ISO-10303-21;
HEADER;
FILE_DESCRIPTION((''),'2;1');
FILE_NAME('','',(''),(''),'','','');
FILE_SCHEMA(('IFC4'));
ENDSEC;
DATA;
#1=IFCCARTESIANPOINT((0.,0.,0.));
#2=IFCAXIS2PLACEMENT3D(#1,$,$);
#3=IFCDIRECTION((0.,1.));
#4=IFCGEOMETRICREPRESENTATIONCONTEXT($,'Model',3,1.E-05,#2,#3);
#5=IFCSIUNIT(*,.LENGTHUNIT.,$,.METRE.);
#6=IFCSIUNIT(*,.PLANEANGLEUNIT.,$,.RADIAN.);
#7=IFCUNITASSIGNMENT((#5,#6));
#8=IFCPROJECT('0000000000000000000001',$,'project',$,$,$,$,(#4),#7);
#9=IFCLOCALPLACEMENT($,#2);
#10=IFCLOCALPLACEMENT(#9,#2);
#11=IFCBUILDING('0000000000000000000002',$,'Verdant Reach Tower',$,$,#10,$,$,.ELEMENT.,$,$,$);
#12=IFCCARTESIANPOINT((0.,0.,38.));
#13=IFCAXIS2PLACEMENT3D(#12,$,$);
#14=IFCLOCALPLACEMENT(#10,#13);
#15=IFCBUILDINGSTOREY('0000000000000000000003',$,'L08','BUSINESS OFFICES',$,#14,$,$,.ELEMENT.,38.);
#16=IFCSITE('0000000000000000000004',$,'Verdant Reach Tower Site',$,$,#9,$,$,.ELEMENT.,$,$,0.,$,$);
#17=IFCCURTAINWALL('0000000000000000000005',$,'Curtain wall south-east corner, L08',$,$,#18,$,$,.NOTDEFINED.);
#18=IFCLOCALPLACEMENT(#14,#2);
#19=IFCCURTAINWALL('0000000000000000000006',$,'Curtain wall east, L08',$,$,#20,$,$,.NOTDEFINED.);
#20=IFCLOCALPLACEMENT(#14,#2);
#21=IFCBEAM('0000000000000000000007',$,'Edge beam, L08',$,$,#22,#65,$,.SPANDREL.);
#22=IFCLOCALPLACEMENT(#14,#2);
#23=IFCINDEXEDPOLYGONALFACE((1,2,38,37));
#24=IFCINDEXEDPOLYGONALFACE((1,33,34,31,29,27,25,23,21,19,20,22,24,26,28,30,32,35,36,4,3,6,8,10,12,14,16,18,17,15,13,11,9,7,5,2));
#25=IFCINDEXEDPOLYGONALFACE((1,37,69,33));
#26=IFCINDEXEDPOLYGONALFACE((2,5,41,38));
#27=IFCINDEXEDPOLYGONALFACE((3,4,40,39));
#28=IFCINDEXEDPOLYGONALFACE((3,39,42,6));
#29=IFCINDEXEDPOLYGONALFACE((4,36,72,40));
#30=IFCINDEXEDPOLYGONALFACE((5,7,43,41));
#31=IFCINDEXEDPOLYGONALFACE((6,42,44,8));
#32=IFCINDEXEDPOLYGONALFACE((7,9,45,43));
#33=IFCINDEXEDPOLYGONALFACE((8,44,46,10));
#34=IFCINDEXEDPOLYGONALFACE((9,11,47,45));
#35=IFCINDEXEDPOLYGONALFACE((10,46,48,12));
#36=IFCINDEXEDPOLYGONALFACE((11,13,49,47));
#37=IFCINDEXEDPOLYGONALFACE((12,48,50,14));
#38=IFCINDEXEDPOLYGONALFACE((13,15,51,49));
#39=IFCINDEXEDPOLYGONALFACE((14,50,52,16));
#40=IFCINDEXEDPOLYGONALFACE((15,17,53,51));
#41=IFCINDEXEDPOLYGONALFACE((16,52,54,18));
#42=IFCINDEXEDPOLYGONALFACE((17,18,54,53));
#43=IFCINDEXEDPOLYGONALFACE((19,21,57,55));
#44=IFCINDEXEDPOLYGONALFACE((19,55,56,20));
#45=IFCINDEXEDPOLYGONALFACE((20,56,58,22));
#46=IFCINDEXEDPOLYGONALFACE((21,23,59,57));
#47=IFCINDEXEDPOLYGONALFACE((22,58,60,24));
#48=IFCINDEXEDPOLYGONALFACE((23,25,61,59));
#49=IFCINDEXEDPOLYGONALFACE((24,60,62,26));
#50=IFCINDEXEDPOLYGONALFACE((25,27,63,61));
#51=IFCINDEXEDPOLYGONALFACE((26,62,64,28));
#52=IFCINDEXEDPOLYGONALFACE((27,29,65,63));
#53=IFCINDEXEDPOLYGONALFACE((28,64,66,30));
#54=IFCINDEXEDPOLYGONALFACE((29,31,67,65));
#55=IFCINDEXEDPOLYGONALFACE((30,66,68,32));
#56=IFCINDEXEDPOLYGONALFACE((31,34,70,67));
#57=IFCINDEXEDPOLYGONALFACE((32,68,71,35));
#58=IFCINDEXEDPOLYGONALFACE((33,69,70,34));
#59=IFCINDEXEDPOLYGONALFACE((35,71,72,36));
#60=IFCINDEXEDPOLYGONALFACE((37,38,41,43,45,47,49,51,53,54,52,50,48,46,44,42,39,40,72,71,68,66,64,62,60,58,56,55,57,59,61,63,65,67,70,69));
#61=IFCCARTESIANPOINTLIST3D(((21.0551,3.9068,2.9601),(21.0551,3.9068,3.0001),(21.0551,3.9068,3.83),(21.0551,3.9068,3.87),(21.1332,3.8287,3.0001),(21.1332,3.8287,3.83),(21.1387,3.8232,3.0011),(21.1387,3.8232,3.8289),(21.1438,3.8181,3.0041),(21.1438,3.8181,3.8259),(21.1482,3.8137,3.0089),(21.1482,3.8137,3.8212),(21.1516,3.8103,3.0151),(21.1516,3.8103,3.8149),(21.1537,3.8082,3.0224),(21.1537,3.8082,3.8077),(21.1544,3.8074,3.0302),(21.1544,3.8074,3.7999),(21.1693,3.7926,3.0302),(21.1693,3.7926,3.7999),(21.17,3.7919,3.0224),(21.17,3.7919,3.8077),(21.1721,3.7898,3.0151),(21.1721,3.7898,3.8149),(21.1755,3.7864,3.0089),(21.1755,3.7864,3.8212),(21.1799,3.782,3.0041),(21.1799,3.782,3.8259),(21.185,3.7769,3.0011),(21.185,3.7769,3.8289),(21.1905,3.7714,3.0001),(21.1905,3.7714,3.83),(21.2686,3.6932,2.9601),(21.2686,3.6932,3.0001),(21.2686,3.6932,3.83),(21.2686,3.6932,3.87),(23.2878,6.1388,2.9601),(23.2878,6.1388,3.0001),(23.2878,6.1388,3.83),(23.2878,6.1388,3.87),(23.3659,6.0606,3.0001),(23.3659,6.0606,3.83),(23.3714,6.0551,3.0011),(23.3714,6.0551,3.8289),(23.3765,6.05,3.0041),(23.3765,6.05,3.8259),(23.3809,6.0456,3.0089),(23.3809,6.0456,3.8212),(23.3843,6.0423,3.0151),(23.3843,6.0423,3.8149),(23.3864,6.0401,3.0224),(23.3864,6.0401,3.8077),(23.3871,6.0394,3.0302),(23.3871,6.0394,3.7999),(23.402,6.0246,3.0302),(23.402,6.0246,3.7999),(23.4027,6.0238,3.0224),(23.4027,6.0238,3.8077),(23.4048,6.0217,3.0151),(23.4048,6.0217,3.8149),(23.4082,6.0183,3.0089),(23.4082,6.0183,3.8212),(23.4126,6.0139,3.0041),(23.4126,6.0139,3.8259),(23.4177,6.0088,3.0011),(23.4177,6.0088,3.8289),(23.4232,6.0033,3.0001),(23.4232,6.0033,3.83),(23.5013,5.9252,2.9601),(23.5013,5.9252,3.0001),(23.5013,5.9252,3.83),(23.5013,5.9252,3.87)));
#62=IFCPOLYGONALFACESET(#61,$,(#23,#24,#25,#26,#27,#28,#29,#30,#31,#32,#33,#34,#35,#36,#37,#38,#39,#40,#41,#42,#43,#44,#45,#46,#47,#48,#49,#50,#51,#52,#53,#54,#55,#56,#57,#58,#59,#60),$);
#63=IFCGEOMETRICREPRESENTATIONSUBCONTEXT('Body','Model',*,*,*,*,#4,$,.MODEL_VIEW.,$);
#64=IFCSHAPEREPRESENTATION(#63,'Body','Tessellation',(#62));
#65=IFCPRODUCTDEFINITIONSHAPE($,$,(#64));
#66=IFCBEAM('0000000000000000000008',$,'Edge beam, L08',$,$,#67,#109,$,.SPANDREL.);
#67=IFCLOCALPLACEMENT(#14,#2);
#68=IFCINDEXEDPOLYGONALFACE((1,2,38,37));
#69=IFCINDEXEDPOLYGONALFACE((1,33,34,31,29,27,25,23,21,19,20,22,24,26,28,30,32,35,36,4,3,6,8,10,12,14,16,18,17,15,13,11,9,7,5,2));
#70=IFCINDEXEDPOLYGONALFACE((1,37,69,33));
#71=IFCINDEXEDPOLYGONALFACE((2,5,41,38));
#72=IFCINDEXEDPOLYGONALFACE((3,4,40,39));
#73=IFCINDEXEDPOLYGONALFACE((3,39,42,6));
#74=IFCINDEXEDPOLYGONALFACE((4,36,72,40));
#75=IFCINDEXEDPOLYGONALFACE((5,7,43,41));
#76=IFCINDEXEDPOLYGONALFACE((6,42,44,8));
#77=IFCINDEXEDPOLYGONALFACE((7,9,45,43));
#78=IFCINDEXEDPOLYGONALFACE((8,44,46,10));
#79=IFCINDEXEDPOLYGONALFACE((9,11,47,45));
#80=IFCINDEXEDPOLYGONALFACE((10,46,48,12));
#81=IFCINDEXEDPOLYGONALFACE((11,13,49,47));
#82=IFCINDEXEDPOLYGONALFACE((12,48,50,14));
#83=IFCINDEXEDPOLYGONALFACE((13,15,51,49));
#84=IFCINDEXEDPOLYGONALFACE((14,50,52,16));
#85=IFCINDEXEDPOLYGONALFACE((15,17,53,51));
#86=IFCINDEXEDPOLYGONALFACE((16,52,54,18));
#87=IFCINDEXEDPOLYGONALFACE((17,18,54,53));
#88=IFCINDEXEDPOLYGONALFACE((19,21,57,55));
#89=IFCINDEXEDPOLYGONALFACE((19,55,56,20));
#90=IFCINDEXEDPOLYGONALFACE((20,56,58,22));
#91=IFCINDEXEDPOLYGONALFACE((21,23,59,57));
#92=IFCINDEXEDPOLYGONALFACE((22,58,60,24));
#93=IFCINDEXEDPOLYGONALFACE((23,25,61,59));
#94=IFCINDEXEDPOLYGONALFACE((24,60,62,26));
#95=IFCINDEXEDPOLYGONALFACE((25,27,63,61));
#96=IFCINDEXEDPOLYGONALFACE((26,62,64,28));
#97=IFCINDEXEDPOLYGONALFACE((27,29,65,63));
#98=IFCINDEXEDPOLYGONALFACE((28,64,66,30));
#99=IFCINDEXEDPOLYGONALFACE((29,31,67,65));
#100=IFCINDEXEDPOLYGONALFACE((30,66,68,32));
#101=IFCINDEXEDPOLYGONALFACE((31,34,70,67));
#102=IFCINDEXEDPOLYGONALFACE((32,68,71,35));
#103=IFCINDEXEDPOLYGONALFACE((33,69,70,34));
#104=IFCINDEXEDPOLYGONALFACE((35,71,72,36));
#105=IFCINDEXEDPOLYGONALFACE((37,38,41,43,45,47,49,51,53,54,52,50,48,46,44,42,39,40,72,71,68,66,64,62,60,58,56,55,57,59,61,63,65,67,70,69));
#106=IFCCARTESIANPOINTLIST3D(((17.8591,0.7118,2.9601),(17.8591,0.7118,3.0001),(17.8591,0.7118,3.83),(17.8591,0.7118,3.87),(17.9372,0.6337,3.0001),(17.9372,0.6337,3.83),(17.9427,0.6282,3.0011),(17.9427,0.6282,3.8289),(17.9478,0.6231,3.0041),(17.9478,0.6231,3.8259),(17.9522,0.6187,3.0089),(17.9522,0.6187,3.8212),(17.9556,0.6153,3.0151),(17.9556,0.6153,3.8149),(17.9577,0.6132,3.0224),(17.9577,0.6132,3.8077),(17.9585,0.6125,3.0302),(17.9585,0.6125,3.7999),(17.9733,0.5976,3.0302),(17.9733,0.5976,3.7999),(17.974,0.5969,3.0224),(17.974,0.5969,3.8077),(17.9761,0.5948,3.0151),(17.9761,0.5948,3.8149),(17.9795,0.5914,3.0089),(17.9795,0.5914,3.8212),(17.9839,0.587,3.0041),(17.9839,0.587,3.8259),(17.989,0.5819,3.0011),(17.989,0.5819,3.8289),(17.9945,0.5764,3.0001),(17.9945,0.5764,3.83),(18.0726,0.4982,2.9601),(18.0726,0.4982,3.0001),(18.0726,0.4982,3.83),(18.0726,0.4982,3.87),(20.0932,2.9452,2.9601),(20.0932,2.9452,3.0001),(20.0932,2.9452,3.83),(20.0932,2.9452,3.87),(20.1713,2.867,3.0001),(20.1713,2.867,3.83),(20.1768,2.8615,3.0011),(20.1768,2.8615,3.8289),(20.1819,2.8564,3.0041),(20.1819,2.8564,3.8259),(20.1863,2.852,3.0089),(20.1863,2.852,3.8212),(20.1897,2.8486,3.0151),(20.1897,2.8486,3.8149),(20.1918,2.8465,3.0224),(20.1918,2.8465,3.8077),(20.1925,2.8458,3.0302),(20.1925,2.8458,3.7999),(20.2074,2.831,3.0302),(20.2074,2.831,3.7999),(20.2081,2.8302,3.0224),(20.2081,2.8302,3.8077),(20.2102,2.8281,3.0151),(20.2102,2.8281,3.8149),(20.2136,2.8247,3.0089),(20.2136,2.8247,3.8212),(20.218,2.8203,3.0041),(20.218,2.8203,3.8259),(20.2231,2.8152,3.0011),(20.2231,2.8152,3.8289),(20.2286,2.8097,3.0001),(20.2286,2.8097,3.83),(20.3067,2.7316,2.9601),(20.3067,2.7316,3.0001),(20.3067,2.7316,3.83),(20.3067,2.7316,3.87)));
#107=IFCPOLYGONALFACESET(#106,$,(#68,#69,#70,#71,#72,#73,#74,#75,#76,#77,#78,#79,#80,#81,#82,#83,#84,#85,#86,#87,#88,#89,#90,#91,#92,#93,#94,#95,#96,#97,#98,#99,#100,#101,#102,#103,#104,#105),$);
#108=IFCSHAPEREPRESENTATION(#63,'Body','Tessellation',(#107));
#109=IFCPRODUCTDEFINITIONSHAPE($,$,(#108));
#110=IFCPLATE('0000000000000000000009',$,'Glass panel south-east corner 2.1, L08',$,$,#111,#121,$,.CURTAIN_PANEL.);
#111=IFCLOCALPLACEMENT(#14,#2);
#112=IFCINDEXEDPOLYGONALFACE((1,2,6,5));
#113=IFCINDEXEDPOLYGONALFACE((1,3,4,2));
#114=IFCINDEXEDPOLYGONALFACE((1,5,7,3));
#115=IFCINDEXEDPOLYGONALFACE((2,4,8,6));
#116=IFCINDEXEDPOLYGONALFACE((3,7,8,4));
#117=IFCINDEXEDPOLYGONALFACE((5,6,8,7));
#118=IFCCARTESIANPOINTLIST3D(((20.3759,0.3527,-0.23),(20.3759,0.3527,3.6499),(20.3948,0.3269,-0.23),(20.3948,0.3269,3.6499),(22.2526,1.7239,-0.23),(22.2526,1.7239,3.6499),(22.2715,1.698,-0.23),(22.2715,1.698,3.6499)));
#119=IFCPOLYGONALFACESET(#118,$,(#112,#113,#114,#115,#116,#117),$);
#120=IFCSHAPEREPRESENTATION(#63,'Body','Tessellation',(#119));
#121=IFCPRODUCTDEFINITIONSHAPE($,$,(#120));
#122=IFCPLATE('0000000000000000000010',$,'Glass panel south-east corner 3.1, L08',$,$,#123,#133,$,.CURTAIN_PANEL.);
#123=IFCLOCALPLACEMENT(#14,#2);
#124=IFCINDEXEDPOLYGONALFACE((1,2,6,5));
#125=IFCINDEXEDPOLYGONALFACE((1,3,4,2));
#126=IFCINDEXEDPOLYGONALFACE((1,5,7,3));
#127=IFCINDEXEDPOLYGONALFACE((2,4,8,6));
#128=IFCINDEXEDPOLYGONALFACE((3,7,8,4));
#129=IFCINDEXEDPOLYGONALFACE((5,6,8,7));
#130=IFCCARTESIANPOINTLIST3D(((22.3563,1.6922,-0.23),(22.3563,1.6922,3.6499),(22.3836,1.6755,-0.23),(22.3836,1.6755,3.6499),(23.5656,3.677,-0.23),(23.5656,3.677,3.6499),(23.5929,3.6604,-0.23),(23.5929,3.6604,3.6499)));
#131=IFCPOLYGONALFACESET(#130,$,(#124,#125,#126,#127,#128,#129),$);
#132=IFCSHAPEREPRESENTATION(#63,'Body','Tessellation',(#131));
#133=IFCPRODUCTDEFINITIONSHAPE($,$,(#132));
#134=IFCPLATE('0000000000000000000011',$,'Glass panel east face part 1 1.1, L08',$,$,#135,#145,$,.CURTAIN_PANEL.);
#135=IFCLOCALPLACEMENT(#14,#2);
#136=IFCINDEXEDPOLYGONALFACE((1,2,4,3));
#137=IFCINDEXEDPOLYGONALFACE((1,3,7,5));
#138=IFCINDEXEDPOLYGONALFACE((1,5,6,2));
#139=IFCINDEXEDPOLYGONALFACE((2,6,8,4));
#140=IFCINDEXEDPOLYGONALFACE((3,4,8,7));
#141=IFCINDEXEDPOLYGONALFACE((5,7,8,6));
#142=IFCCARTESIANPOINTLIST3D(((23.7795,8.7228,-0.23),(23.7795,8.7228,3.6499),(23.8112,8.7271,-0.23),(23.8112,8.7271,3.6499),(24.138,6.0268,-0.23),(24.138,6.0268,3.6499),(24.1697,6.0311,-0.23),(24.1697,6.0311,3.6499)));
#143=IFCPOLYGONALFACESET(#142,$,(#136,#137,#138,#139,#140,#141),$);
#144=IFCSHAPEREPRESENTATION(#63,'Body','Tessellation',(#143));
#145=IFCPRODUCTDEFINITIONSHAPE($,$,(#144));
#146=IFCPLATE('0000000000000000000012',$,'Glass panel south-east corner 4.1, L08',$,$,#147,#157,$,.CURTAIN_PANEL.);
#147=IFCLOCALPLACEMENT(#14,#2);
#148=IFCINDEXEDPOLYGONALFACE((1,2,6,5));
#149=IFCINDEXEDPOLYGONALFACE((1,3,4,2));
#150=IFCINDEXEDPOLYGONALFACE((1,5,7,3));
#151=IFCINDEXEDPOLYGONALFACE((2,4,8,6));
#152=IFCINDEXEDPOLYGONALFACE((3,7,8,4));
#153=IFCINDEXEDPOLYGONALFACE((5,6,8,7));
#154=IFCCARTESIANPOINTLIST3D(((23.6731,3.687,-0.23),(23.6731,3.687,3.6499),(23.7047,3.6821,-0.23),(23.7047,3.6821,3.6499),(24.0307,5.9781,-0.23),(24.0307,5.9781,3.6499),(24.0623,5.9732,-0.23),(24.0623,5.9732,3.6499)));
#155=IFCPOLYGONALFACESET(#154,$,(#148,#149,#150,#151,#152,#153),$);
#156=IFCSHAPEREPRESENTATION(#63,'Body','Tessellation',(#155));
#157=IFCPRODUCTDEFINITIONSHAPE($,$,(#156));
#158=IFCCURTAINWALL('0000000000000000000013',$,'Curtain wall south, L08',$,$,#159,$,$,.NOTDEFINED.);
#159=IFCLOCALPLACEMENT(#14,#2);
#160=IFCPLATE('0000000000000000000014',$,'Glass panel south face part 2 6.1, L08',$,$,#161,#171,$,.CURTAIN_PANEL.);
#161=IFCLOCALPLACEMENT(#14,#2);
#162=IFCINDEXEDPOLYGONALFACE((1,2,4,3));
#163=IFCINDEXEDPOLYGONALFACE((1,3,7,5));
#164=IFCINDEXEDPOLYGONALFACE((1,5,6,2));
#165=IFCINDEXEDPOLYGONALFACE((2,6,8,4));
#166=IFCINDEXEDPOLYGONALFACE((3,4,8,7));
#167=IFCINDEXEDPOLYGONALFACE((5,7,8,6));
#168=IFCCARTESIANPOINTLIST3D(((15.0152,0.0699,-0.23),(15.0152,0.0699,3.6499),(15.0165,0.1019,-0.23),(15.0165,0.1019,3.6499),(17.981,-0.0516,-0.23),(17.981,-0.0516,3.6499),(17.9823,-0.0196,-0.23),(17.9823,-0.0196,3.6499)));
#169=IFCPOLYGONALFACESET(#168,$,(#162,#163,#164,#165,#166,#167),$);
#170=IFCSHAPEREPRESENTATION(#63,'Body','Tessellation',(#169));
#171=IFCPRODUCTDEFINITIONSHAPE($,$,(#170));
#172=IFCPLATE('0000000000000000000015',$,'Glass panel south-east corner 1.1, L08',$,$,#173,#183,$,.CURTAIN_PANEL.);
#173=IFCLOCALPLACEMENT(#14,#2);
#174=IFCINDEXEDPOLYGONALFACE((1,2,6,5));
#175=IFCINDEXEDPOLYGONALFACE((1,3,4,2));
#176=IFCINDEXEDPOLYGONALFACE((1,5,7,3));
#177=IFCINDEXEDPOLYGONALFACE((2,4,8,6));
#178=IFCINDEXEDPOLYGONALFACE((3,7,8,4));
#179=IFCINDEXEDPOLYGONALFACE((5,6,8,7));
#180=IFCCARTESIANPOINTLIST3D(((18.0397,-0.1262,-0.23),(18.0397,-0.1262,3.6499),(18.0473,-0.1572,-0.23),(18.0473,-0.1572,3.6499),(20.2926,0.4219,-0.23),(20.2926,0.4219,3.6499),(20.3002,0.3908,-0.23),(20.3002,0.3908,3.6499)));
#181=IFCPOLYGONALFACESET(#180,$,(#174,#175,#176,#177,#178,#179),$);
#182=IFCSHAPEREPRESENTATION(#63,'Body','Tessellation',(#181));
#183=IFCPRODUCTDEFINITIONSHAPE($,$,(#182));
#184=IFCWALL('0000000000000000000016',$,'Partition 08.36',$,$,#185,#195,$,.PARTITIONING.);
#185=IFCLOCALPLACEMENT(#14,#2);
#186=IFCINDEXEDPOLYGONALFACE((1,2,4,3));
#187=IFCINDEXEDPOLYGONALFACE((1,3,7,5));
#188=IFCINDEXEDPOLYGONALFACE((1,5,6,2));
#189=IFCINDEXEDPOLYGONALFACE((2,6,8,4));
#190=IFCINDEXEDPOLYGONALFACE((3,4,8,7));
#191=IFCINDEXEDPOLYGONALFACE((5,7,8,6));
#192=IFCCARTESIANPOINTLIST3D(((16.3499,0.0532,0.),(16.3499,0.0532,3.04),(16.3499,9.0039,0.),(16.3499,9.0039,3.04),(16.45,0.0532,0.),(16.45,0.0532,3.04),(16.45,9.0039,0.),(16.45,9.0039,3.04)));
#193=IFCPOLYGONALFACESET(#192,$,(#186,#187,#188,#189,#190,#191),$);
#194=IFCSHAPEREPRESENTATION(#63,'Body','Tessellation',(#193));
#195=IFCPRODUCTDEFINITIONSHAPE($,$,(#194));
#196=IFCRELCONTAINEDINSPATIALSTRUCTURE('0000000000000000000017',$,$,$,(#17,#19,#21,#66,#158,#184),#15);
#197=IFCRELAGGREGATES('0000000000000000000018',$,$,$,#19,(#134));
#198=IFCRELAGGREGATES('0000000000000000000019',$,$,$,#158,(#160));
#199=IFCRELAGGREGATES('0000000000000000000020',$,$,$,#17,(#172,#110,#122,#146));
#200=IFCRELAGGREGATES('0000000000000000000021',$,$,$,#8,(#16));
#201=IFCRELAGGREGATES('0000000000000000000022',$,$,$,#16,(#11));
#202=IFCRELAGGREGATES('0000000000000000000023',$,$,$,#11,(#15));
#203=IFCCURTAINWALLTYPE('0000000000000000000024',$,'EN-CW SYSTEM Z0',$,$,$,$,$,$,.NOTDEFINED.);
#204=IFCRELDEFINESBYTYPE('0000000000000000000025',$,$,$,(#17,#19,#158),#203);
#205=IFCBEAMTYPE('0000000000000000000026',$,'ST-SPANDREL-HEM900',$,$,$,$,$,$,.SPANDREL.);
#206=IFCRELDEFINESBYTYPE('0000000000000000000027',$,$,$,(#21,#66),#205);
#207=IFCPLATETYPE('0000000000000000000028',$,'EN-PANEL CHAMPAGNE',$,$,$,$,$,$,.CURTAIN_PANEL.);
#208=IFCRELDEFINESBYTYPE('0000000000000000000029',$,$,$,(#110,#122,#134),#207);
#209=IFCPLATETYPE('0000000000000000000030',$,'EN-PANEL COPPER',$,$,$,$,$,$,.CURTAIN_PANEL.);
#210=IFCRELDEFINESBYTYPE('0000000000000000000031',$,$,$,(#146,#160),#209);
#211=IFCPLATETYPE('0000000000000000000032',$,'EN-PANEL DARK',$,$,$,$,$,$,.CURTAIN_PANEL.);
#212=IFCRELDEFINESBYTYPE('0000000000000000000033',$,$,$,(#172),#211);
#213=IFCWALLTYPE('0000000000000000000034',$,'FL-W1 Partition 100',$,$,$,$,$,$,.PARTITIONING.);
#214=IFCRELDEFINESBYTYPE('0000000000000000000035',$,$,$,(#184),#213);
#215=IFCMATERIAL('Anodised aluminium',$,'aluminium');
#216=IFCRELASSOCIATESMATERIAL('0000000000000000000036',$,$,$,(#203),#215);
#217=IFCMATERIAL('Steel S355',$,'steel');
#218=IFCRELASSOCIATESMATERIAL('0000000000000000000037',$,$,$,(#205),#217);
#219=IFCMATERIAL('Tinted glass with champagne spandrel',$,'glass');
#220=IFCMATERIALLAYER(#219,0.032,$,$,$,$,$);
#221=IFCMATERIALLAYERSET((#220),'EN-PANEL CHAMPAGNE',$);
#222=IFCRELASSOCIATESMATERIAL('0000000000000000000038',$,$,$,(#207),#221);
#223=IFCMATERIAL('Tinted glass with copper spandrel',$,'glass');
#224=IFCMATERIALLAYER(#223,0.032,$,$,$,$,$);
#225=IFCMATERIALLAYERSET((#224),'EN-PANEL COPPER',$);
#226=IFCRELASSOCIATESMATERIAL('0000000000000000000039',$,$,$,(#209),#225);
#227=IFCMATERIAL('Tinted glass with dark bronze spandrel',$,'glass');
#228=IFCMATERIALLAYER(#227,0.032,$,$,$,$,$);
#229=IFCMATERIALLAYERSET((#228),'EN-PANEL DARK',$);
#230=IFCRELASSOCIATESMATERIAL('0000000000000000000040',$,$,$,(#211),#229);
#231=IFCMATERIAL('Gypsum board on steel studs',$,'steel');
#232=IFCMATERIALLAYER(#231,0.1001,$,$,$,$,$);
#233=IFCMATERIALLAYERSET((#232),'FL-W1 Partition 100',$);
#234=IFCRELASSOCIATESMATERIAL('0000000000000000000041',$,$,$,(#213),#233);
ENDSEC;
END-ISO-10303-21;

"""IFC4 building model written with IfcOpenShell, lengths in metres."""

from ifc_helpers import new_model, si_unit, direction, frame, frame_2d, origin, origin_2d, place, context, subcontext, project, spatial, rectangle, i_section, extrude, material, layer, layer_set, material_profile, profile_set, type_object, element, aggregate, save


model = new_model("IFC4")

# Units and contexts
model_context = context("Model", 3, precision=1e-05, world=origin(), true_north=direction((0.0, 1.0)))
body_context = subcontext(model_context, "Body", "Model", "MODEL_VIEW")
ifc_project = project(units=[si_unit("LENGTHUNIT", "METRE"), si_unit("PLANEANGLEUNIT", "RADIAN")], contexts=[model_context])

# Site, building, storey
site_placement = place(None, origin())
site = spatial("IfcSite", under=ifc_project, at=site_placement, Name="Verdant Reach Tower Site", CompositionType="ELEMENT", RefElevation=0.0)
building_placement = place(site_placement, origin())
building = spatial("IfcBuilding", under=site, at=building_placement, Name="Verdant Reach Tower", CompositionType="ELEMENT")
storey_placement = place(building_placement, frame((0.0, 0.0, 38.0)))
storey = spatial("IfcBuildingStorey", under=building, at=storey_placement, Name="L08", Description="BUSINESS OFFICES", CompositionType="ELEMENT", Elevation=38.0)

# Curtain walls
ifc_material_1 = material(Name="Anodised aluminium", Category="aluminium")
curtain_wall_type = type_object("IfcCurtainWallType", Name="EN-CW SYSTEM Z0", PredefinedType="NOTDEFINED", material=ifc_material_1)
curtain_wall_1_placement = place(storey_placement, origin())
curtain_wall_1 = element("IfcCurtainWall", 1, at=curtain_wall_1_placement, inside=storey, type_object=curtain_wall_type, Name="Curtain wall south-east corner, L08", PredefinedType="NOTDEFINED")
curtain_wall_2_placement = place(storey_placement, origin())
curtain_wall_2 = element("IfcCurtainWall", 2, at=curtain_wall_2_placement, inside=storey, type_object=curtain_wall_type, Name="Curtain wall east, L08", PredefinedType="NOTDEFINED")

# Beams
ifc_material_2 = material(Name="Steel S355", Category="steel")
ifc_material_profile_1 = material_profile(ifc_material_2, i_section(OverallWidth=0.302, OverallDepth=0.9099, WebThickness=0.021, FlangeThickness=0.04, FilletRadius=0.03, at=origin_2d()), Name="HEM 900")
ifc_profile_set_1 = profile_set([ifc_material_profile_1], Name="Steel S355")
beam_type_1 = type_object("IfcBeamType", Name="ST-SPANDREL-HEM900", PredefinedType="SPANDREL", material=ifc_profile_set_1)
beam_1_placement = place(storey_placement, frame((23.3945, 6.032, 3.415), z_axis=(-0.707223, -0.706991, 0.0), x_axis=(0.706991, -0.707223, 0.0)))
element("IfcBeam", 3, at=beam_1_placement, inside=storey, type_object=beam_type_1, Name="Edge beam, L08", PredefinedType="SPANDREL", context=body_context, shape_type="SweptSolid", body=[
    extrude(i_section(OverallWidth=0.302, OverallDepth=0.9099, WebThickness=0.021, FlangeThickness=0.04, FilletRadius=0.03, at=origin_2d()), origin(), (0.0, 0.0, 1.0), 3.157),
])
beam_2_placement = place(storey_placement, frame((20.2, 2.8384, 3.415), z_axis=(-0.707223, -0.706991, 0.0), x_axis=(0.706991, -0.707223, 0.0)))
element("IfcBeam", 4, at=beam_2_placement, inside=storey, type_object=beam_type_1, Name="Edge beam, L08", PredefinedType="SPANDREL", context=body_context, shape_type="SweptSolid", body=[
    extrude(i_section(OverallWidth=0.302, OverallDepth=0.9099, WebThickness=0.021, FlangeThickness=0.04, FilletRadius=0.03, at=origin_2d()), origin(), (0.0, 0.0, 1.0), 3.1589),
])

# Plates
ifc_material_3 = material(Name="Tinted glass with champagne spandrel", Category="glass")
ifc_layer_1 = layer(ifc_material_3, 0.032)
ifc_layer_set_1 = layer_set([ifc_layer_1], Name="EN-PANEL CHAMPAGNE")
plate_type_1 = type_object("IfcPlateType", Name="EN-PANEL CHAMPAGNE", PredefinedType="CURTAIN_PANEL", material=ifc_layer_set_1)
plate_1_placement = place(storey_placement, frame((21.3237, 1.0254, -0.23), z_axis=(0.0, 0.0, 1.0), x_axis=(0.807457, 0.589927, 0.0)))
plate_1 = element("IfcPlate", 5, at=plate_1_placement, type_object=plate_type_1, Name="Glass panel south-east corner 2.1, L08", PredefinedType="CURTAIN_PANEL", context=body_context, shape_type="SweptSolid", body=[
    extrude(rectangle(XDim=2.3242, YDim=0.032, at=origin_2d()), origin(), (0.0, 0.0, 1.0), 3.8799),
])
plate_2_placement = place(storey_placement, frame((22.9746, 2.6763, -0.23), z_axis=(0.0, 0.0, 1.0), x_axis=(0.520292, 0.853989, 0.0)))
plate_2 = element("IfcPlate", 6, at=plate_2_placement, type_object=plate_type_1, Name="Glass panel south-east corner 3.1, L08", PredefinedType="CURTAIN_PANEL", context=body_context, shape_type="SweptSolid", body=[
    extrude(rectangle(XDim=2.3242, YDim=0.032, at=origin_2d()), origin(), (0.0, 0.0, 1.0), 3.8799),
])
plate_3_placement = place(storey_placement, frame((23.9746, 7.377, -0.23), z_axis=(0.0, 0.0, 1.0), x_axis=(-0.131793, 0.991277, 0.0)))
plate_3 = element("IfcPlate", 7, at=plate_3_placement, type_object=plate_type_1, Name="Glass panel east face part 1 1.1, L08", PredefinedType="CURTAIN_PANEL", context=body_context, shape_type="SweptSolid", body=[
    extrude(rectangle(XDim=2.7197, YDim=0.032, at=origin_2d()), origin(), (0.0, 0.0, 1.0), 3.8799),
])
aggregate(curtain_wall_2, [plate_3])
ifc_material_4 = material(Name="Tinted glass with copper spandrel", Category="glass")
ifc_layer_2 = layer(ifc_material_4, 0.032)
ifc_layer_set_2 = layer_set([ifc_layer_2], Name="EN-PANEL COPPER")
plate_type_2 = type_object("IfcPlateType", Name="EN-PANEL COPPER", PredefinedType="CURTAIN_PANEL", material=ifc_layer_set_2)
plate_4_placement = place(storey_placement, frame((23.8677, 4.8301, -0.23), z_axis=(0.0, 0.0, 1.0), x_axis=(0.154211, 0.988038, 0.0)))
plate_4 = element("IfcPlate", 8, at=plate_4_placement, type_object=plate_type_2, Name="Glass panel south-east corner 4.1, L08", PredefinedType="CURTAIN_PANEL", context=body_context, shape_type="SweptSolid", body=[
    extrude(rectangle(XDim=2.3188, YDim=0.032, at=origin_2d()), origin(), (0.0, 0.0, 1.0), 3.8799),
])

# Curtain wall, plate
curtain_wall_3_placement = place(storey_placement, origin())
curtain_wall_3 = element("IfcCurtainWall", 9, at=curtain_wall_3_placement, inside=storey, type_object=curtain_wall_type, Name="Curtain wall south, L08", PredefinedType="NOTDEFINED")
plate_5_placement = place(storey_placement, frame((16.4988, 0.0251, -0.23), z_axis=(0.0, 0.0, 1.0), x_axis=(0.999162, -0.04092, 0.0)))
plate_5 = element("IfcPlate", 10, at=plate_5_placement, type_object=plate_type_2, Name="Glass panel south face part 2 6.1, L08", PredefinedType="CURTAIN_PANEL", context=body_context, shape_type="SweptSolid", body=[
    extrude(rectangle(XDim=2.9683, YDim=0.032, at=origin_2d()), origin(), (0.0, 0.0, 1.0), 3.8799),
])
aggregate(curtain_wall_3, [plate_5])

# Plate
ifc_material_5 = material(Name="Tinted glass with dark bronze spandrel", Category="glass")
ifc_layer_3 = layer(ifc_material_5, 0.032)
ifc_layer_set_3 = layer_set([ifc_layer_3], Name="EN-PANEL DARK")
plate_type_3 = type_object("IfcPlateType", Name="EN-PANEL DARK", PredefinedType="CURTAIN_PANEL", material=ifc_layer_set_3)
plate_6_placement = place(storey_placement, frame((19.1699, 0.1323, -0.23), z_axis=(0.0, 0.0, 1.0), x_axis=(0.971663, 0.236369, 0.0)))
plate_6 = element("IfcPlate", 11, at=plate_6_placement, type_object=plate_type_3, Name="Glass panel south-east corner 1.1, L08", PredefinedType="CURTAIN_PANEL", context=body_context, shape_type="SweptSolid", body=[
    extrude(rectangle(XDim=2.3186, YDim=0.032, at=origin_2d()), origin(), (0.0, 0.0, 1.0), 3.8799),
])
aggregate(curtain_wall_1, [plate_6, plate_1, plate_2, plate_4])

# Wall
ifc_material_6 = material(Name="Gypsum board on steel studs", Category="steel")
ifc_layer_4 = layer(ifc_material_6, 0.1001)
ifc_layer_set_4 = layer_set([ifc_layer_4], Name="FL-W1 Partition 100")
wall_type = type_object("IfcWallType", Name="FL-W1 Partition 100", PredefinedType="PARTITIONING", material=ifc_layer_set_4)
wall_placement = place(storey_placement, frame((16.3999, 0.0532, 0.0), z_axis=(0.0, 0.0, 1.0), x_axis=(0.0, 1.0, 0.0)))
element("IfcWall", 12, at=wall_placement, inside=storey, type_object=wall_type, Name="Partition 08.36", PredefinedType="PARTITIONING", context=body_context, shape_type="SweptSolid", body=[
    extrude(rectangle(XDim=8.9507, YDim=0.1001, at=frame_2d((4.4753, 0.0))), origin(), (0.0, 0.0, 1.0), 3.04),
])

save(model, "model.ifc")
